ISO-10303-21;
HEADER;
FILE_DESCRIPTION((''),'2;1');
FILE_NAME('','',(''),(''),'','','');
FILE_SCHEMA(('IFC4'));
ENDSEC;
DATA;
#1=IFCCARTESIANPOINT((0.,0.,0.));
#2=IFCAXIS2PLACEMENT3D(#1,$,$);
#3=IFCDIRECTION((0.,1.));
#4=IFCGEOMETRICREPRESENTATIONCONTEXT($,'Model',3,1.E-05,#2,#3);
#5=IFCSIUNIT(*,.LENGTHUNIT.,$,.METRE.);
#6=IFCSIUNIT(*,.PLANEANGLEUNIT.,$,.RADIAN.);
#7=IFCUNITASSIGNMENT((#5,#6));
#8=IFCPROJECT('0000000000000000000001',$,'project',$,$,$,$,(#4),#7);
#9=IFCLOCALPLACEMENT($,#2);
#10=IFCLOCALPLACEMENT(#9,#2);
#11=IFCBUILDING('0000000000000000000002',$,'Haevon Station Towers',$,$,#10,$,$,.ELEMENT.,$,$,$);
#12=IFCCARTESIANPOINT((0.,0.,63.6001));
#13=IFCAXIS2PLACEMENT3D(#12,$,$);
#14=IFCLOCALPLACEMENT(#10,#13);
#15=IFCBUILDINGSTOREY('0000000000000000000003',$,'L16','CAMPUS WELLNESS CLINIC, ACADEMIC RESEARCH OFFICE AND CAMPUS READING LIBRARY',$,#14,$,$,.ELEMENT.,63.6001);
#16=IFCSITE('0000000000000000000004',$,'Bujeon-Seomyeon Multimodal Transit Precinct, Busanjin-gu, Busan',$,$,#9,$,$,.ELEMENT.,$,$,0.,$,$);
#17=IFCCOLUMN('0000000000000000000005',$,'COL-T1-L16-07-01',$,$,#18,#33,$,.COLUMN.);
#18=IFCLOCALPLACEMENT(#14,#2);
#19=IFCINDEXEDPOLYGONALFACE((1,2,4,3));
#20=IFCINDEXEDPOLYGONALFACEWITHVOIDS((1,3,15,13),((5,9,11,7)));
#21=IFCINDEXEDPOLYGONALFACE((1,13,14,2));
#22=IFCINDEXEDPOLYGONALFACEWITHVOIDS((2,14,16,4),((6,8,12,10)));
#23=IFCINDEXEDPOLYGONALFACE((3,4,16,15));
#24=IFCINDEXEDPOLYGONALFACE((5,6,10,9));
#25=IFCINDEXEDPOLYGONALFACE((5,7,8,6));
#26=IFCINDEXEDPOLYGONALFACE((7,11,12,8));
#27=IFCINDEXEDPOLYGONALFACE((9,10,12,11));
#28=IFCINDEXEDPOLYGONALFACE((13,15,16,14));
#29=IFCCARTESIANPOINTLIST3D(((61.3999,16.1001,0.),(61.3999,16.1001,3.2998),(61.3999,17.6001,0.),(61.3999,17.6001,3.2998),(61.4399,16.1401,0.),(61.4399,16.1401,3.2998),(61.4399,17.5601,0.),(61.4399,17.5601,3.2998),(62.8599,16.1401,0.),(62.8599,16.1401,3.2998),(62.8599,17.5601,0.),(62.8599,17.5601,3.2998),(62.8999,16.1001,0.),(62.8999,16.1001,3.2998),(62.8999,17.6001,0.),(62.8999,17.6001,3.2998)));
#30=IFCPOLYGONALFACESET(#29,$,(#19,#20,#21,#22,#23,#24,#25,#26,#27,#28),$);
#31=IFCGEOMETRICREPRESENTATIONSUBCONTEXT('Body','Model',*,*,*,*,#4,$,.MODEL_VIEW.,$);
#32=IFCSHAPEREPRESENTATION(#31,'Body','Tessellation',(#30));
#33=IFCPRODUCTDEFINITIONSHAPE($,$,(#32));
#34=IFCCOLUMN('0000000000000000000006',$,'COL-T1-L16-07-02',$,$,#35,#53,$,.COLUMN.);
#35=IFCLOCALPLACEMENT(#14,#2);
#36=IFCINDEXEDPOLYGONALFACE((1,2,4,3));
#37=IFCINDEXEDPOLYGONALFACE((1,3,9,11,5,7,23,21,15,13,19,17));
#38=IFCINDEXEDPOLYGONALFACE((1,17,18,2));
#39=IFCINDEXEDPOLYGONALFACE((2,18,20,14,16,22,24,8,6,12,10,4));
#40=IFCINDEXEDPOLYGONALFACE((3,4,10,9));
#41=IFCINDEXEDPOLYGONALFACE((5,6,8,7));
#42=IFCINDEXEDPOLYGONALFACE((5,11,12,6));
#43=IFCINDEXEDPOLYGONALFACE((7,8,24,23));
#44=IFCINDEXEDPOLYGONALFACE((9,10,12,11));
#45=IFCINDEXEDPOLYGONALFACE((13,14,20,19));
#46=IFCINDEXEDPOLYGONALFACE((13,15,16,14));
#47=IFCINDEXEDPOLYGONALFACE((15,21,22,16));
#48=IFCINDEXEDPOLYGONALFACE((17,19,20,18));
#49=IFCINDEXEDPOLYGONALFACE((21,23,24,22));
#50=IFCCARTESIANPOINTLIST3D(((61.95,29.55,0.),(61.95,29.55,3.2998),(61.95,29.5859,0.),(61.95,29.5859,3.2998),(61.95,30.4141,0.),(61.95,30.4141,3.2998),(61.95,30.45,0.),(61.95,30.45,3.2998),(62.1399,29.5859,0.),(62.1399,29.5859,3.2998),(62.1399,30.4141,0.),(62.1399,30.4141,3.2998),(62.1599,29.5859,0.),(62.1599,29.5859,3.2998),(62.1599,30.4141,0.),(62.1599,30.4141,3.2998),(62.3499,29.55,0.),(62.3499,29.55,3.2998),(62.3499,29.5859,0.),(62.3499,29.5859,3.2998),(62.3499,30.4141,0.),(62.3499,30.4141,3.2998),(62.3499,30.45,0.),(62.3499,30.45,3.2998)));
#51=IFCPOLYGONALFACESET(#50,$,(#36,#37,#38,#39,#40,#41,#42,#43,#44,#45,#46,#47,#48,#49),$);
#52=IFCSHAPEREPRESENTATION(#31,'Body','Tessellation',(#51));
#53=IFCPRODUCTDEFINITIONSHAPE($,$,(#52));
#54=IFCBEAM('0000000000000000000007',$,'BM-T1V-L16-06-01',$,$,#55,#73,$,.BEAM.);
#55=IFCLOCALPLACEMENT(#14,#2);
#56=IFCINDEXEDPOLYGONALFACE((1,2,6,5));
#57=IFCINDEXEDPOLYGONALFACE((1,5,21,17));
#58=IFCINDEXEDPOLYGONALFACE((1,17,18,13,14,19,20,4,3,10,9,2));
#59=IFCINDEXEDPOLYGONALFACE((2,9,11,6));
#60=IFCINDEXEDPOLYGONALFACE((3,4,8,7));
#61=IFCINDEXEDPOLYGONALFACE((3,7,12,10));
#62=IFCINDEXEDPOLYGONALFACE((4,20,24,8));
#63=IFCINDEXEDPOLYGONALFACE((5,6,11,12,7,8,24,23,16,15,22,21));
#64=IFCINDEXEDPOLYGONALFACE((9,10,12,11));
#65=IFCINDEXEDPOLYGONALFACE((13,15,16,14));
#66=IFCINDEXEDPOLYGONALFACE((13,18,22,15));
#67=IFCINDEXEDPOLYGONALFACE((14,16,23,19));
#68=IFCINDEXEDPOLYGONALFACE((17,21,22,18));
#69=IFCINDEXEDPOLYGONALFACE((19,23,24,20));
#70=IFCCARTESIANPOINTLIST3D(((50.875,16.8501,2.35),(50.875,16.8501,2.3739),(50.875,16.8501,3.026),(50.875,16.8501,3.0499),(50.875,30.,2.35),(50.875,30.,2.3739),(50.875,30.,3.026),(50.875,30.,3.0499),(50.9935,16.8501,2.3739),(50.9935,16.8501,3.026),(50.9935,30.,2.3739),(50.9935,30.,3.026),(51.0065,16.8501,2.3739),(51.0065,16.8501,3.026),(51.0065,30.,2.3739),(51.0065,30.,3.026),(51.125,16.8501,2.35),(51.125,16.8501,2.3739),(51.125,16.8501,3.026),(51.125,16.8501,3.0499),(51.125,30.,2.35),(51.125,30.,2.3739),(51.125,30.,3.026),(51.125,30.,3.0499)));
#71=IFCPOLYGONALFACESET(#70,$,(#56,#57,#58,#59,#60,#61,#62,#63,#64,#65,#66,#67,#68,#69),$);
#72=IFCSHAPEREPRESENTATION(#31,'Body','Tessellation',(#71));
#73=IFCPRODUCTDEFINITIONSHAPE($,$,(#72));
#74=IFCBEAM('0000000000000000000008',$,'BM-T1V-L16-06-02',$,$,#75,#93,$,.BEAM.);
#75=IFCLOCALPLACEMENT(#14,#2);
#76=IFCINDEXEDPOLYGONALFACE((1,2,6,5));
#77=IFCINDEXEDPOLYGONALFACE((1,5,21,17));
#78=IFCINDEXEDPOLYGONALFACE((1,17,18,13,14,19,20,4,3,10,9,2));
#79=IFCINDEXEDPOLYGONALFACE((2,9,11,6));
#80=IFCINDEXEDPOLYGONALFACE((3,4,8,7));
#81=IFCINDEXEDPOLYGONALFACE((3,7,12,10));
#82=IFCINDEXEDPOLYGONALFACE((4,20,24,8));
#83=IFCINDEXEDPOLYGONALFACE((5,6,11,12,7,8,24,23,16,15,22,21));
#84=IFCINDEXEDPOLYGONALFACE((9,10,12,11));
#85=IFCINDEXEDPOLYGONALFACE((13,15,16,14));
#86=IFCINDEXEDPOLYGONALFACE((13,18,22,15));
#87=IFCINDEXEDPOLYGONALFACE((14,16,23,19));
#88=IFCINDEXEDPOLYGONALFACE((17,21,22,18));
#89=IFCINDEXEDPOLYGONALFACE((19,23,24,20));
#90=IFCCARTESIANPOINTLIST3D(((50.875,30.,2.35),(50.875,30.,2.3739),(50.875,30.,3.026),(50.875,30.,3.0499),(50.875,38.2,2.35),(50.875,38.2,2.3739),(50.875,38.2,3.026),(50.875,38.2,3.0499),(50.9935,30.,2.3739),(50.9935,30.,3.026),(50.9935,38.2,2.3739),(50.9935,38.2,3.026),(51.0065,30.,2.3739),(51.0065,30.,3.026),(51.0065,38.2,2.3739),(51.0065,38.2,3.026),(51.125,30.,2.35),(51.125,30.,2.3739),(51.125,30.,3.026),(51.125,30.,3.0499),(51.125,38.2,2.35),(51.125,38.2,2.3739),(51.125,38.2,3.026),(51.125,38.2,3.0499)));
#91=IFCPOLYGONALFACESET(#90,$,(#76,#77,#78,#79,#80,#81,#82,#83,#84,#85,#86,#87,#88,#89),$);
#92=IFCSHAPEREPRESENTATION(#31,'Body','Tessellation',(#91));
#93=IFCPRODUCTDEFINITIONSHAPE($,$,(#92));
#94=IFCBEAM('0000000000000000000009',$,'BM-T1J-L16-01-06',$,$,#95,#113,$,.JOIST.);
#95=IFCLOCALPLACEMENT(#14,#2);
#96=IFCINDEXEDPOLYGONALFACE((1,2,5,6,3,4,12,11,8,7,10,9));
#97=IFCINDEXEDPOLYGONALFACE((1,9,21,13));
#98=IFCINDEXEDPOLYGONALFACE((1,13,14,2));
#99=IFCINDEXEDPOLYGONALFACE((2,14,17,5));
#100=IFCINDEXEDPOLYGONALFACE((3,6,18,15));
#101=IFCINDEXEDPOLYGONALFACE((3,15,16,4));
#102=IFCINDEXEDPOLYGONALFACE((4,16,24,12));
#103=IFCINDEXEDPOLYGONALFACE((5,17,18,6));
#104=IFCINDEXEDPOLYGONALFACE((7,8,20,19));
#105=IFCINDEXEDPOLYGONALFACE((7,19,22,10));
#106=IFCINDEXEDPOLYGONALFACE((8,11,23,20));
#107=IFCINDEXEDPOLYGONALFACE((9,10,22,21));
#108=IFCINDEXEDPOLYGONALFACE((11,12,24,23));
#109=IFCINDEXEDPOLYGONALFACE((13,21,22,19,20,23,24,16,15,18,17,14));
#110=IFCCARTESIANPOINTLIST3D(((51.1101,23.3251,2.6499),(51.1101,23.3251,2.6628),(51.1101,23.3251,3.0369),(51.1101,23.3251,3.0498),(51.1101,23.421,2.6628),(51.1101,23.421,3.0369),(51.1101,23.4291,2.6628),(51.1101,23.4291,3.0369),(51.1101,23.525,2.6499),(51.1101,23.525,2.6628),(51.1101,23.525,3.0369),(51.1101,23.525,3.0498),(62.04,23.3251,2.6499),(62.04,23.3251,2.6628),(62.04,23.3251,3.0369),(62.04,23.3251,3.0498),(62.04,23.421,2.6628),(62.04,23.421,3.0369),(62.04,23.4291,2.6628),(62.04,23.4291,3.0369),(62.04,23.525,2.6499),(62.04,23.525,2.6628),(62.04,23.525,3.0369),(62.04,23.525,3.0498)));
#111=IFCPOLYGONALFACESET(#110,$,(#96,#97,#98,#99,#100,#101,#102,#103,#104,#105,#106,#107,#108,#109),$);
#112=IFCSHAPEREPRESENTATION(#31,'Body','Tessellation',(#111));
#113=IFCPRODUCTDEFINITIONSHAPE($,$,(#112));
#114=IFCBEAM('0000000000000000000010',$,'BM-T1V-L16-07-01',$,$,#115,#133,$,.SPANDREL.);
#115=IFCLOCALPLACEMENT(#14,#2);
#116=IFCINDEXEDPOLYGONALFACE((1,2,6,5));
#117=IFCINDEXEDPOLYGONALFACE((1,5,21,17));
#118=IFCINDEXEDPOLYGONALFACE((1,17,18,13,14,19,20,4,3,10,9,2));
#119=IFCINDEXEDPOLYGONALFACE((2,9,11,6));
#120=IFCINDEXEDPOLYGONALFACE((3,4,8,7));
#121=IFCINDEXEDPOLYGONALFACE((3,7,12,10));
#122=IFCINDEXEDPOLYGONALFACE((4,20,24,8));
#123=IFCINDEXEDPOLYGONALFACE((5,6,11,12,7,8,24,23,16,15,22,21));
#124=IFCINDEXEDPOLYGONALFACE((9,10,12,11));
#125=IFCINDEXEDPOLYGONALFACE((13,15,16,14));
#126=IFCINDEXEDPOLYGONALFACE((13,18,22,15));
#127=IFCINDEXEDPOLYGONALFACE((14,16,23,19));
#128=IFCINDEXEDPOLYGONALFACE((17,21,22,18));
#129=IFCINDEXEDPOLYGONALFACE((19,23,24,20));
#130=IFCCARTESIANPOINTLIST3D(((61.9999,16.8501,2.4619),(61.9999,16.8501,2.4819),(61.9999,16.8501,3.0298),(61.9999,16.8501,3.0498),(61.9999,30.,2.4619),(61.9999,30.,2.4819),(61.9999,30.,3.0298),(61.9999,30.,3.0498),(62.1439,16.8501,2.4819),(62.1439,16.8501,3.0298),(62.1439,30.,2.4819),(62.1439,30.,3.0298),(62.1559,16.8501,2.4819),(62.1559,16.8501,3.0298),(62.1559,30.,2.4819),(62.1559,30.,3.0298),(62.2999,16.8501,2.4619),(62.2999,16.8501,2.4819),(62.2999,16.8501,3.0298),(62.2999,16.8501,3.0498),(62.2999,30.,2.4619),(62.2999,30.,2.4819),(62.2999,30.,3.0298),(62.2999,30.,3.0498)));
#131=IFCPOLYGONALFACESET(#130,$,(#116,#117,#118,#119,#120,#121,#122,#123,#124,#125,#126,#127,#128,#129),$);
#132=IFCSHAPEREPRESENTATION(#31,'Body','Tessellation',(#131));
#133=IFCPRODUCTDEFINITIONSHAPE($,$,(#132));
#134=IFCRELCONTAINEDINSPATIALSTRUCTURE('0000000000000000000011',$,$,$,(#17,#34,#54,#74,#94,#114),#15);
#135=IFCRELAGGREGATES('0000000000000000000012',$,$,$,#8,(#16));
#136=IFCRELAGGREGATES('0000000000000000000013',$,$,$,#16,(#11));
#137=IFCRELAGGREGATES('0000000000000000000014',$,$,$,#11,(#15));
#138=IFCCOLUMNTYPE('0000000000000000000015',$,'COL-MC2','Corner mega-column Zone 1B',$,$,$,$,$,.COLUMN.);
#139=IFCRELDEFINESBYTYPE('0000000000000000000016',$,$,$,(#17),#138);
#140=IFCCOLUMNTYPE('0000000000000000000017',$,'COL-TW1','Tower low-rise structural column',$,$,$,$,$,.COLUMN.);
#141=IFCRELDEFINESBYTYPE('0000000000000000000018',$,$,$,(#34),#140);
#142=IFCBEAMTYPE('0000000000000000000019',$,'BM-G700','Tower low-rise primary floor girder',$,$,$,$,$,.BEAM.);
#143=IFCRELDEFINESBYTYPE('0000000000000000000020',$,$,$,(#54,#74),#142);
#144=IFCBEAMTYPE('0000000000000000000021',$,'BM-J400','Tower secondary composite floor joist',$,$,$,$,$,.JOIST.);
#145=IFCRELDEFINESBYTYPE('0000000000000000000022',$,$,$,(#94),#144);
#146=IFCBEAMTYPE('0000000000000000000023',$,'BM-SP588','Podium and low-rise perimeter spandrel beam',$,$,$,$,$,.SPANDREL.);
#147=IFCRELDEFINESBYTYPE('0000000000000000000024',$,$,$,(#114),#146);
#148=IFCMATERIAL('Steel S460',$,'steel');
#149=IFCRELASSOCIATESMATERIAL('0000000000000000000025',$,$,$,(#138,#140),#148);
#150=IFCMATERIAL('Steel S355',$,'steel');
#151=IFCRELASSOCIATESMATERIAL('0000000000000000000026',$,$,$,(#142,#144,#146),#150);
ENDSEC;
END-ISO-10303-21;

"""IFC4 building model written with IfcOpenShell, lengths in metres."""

from ifc_helpers import new_model, si_unit, direction, frame, origin, origin_2d, place, context, subcontext, project, spatial, hollow_rectangle, i_section, extrude, material, material_profile, profile_set, type_object, element, save


model = new_model("IFC4")

# Units and contexts
model_context = context("Model", 3, precision=1e-05, world=origin(), true_north=direction((0.0, 1.0)))
body_context = subcontext(model_context, "Body", "Model", "MODEL_VIEW")
ifc_project = project(units=[si_unit("LENGTHUNIT", "METRE"), si_unit("PLANEANGLEUNIT", "RADIAN")], contexts=[model_context])

# Site, building, storey
site_placement = place(None, origin())
site = spatial("IfcSite", under=ifc_project, at=site_placement, Name="Bujeon-Seomyeon Multimodal Transit Precinct, Busanjin-gu, Busan", CompositionType="ELEMENT", RefElevation=0.0)
building_placement = place(site_placement, origin())
building = spatial("IfcBuilding", under=site, at=building_placement, Name="Haevon Station Towers", CompositionType="ELEMENT")
storey_placement = place(building_placement, frame((0.0, 0.0, 63.6001)))
storey = spatial("IfcBuildingStorey", under=building, at=storey_placement, Name="L16", Description="CAMPUS WELLNESS CLINIC, ACADEMIC RESEARCH OFFICE AND CAMPUS READING LIBRARY", CompositionType="ELEMENT", Elevation=63.6001)

# Columns
ifc_material_1 = material(Name="Steel S460", Category="steel")
ifc_material_profile_1 = material_profile(ifc_material_1, hollow_rectangle(XDim=1.5, YDim=1.5, WallThickness=0.04, at=origin_2d()), Name="BOX-1500x1500x40")
ifc_profile_set_1 = profile_set([ifc_material_profile_1], Name="Steel S460")
column_type_1 = type_object("IfcColumnType", Name="COL-MC2", Description="Corner mega-column Zone 1B", PredefinedType="COLUMN", material=ifc_profile_set_1)
column_1_placement = place(storey_placement, frame((62.1499, 16.8501, 0.0), z_axis=(0.0, 0.0, 1.0), x_axis=(1.0, 0.0, 0.0)))
element("IfcColumn", 1, at=column_1_placement, inside=storey, type_object=column_type_1, Name="COL-T1-L16-07-01", PredefinedType="COLUMN", context=body_context, shape_type="SweptSolid", body=[
    extrude(hollow_rectangle(XDim=1.5, YDim=1.5, WallThickness=0.04, at=origin_2d()), origin(), (0.0, 0.0, 1.0), 3.2998),
])
ifc_material_profile_2 = material_profile(ifc_material_1, i_section(OverallWidth=0.3999, OverallDepth=0.8999, WebThickness=0.02, FlangeThickness=0.0359, at=origin_2d()), Name="H-900x400x20x36")
ifc_profile_set_2 = profile_set([ifc_material_profile_2], Name="Steel S460")
column_type_2 = type_object("IfcColumnType", Name="COL-TW1", Description="Tower low-rise structural column", PredefinedType="COLUMN", material=ifc_profile_set_2)
column_2_placement = place(storey_placement, frame((62.1499, 30.0, 0.0), z_axis=(0.0, 0.0, 1.0), x_axis=(1.0, 0.0, 0.0)))
element("IfcColumn", 2, at=column_2_placement, inside=storey, type_object=column_type_2, Name="COL-T1-L16-07-02", PredefinedType="COLUMN", context=body_context, shape_type="SweptSolid", body=[
    extrude(i_section(OverallWidth=0.3999, OverallDepth=0.8999, WebThickness=0.02, FlangeThickness=0.0359, at=origin_2d()), origin(), (0.0, 0.0, 1.0), 3.2998),
])

# Beams
ifc_material_2 = material(Name="Steel S355", Category="steel")
ifc_material_profile_3 = material_profile(ifc_material_2, i_section(OverallWidth=0.25, OverallDepth=0.7, WebThickness=0.0129, FlangeThickness=0.0239, at=origin_2d()), Name="H-700x250x13x24")
ifc_profile_set_3 = profile_set([ifc_material_profile_3], Name="Steel S355")
beam_type_1 = type_object("IfcBeamType", Name="BM-G700", Description="Tower low-rise primary floor girder", PredefinedType="BEAM", material=ifc_profile_set_3)
beam_1_placement = place(storey_placement, frame((51.0, 16.8501, 2.7), z_axis=(0.0, 1.0, 0.0), x_axis=(-1.0, 0.0, 0.0)))
element("IfcBeam", 3, at=beam_1_placement, inside=storey, type_object=beam_type_1, Name="BM-T1V-L16-06-01", PredefinedType="BEAM", context=body_context, shape_type="SweptSolid", body=[
    extrude(i_section(OverallWidth=0.25, OverallDepth=0.7, WebThickness=0.0129, FlangeThickness=0.0239, at=origin_2d()), origin(), (0.0, 0.0, 1.0), 13.1499),
])
beam_2_placement = place(storey_placement, frame((51.0, 30.0, 2.7), z_axis=(0.0, 1.0, 0.0), x_axis=(-1.0, 0.0, 0.0)))
element("IfcBeam", 4, at=beam_2_placement, inside=storey, type_object=beam_type_1, Name="BM-T1V-L16-06-02", PredefinedType="BEAM", context=body_context, shape_type="SweptSolid", body=[
    extrude(i_section(OverallWidth=0.25, OverallDepth=0.7, WebThickness=0.0129, FlangeThickness=0.0239, at=origin_2d()), origin(), (0.0, 0.0, 1.0), 8.2),
])
ifc_material_profile_4 = material_profile(ifc_material_2, i_section(OverallWidth=0.2, OverallDepth=0.3999, WebThickness=0.0081, FlangeThickness=0.0129, at=origin_2d()), Name="H-400x200x8x13")
ifc_profile_set_4 = profile_set([ifc_material_profile_4], Name="Steel S355")
beam_type_2 = type_object("IfcBeamType", Name="BM-J400", Description="Tower secondary composite floor joist", PredefinedType="JOIST", material=ifc_profile_set_4)
beam_3_placement = place(storey_placement, frame((51.1101, 23.425, 2.8499), z_axis=(1.0, 0.0, 0.0), x_axis=(0.0, 1.0, 0.0)))
element("IfcBeam", 5, at=beam_3_placement, inside=storey, type_object=beam_type_2, Name="BM-T1J-L16-01-06", PredefinedType="JOIST", context=body_context, shape_type="SweptSolid", body=[
    extrude(i_section(OverallWidth=0.2, OverallDepth=0.3999, WebThickness=0.0081, FlangeThickness=0.0129, at=origin_2d()), origin(), (0.0, 0.0, 1.0), 10.9299),
])
ifc_material_profile_5 = material_profile(ifc_material_2, i_section(OverallWidth=0.3, OverallDepth=0.5879, WebThickness=0.012, FlangeThickness=0.02, at=origin_2d()), Name="H-588x300x12x20")
ifc_profile_set_5 = profile_set([ifc_material_profile_5], Name="Steel S355")
beam_type_3 = type_object("IfcBeamType", Name="BM-SP588", Description="Podium and low-rise perimeter spandrel beam", PredefinedType="SPANDREL", material=ifc_profile_set_5)
beam_4_placement = place(storey_placement, frame((62.1499, 16.8501, 2.7559), z_axis=(0.0, 1.0, 0.0), x_axis=(-1.0, 0.0, 0.0)))
element("IfcBeam", 6, at=beam_4_placement, inside=storey, type_object=beam_type_3, Name="BM-T1V-L16-07-01", PredefinedType="SPANDREL", context=body_context, shape_type="SweptSolid", body=[
    extrude(i_section(OverallWidth=0.3, OverallDepth=0.5879, WebThickness=0.012, FlangeThickness=0.02, at=origin_2d()), origin(), (0.0, 0.0, 1.0), 13.1499),
])

save(model, "model.ifc")
